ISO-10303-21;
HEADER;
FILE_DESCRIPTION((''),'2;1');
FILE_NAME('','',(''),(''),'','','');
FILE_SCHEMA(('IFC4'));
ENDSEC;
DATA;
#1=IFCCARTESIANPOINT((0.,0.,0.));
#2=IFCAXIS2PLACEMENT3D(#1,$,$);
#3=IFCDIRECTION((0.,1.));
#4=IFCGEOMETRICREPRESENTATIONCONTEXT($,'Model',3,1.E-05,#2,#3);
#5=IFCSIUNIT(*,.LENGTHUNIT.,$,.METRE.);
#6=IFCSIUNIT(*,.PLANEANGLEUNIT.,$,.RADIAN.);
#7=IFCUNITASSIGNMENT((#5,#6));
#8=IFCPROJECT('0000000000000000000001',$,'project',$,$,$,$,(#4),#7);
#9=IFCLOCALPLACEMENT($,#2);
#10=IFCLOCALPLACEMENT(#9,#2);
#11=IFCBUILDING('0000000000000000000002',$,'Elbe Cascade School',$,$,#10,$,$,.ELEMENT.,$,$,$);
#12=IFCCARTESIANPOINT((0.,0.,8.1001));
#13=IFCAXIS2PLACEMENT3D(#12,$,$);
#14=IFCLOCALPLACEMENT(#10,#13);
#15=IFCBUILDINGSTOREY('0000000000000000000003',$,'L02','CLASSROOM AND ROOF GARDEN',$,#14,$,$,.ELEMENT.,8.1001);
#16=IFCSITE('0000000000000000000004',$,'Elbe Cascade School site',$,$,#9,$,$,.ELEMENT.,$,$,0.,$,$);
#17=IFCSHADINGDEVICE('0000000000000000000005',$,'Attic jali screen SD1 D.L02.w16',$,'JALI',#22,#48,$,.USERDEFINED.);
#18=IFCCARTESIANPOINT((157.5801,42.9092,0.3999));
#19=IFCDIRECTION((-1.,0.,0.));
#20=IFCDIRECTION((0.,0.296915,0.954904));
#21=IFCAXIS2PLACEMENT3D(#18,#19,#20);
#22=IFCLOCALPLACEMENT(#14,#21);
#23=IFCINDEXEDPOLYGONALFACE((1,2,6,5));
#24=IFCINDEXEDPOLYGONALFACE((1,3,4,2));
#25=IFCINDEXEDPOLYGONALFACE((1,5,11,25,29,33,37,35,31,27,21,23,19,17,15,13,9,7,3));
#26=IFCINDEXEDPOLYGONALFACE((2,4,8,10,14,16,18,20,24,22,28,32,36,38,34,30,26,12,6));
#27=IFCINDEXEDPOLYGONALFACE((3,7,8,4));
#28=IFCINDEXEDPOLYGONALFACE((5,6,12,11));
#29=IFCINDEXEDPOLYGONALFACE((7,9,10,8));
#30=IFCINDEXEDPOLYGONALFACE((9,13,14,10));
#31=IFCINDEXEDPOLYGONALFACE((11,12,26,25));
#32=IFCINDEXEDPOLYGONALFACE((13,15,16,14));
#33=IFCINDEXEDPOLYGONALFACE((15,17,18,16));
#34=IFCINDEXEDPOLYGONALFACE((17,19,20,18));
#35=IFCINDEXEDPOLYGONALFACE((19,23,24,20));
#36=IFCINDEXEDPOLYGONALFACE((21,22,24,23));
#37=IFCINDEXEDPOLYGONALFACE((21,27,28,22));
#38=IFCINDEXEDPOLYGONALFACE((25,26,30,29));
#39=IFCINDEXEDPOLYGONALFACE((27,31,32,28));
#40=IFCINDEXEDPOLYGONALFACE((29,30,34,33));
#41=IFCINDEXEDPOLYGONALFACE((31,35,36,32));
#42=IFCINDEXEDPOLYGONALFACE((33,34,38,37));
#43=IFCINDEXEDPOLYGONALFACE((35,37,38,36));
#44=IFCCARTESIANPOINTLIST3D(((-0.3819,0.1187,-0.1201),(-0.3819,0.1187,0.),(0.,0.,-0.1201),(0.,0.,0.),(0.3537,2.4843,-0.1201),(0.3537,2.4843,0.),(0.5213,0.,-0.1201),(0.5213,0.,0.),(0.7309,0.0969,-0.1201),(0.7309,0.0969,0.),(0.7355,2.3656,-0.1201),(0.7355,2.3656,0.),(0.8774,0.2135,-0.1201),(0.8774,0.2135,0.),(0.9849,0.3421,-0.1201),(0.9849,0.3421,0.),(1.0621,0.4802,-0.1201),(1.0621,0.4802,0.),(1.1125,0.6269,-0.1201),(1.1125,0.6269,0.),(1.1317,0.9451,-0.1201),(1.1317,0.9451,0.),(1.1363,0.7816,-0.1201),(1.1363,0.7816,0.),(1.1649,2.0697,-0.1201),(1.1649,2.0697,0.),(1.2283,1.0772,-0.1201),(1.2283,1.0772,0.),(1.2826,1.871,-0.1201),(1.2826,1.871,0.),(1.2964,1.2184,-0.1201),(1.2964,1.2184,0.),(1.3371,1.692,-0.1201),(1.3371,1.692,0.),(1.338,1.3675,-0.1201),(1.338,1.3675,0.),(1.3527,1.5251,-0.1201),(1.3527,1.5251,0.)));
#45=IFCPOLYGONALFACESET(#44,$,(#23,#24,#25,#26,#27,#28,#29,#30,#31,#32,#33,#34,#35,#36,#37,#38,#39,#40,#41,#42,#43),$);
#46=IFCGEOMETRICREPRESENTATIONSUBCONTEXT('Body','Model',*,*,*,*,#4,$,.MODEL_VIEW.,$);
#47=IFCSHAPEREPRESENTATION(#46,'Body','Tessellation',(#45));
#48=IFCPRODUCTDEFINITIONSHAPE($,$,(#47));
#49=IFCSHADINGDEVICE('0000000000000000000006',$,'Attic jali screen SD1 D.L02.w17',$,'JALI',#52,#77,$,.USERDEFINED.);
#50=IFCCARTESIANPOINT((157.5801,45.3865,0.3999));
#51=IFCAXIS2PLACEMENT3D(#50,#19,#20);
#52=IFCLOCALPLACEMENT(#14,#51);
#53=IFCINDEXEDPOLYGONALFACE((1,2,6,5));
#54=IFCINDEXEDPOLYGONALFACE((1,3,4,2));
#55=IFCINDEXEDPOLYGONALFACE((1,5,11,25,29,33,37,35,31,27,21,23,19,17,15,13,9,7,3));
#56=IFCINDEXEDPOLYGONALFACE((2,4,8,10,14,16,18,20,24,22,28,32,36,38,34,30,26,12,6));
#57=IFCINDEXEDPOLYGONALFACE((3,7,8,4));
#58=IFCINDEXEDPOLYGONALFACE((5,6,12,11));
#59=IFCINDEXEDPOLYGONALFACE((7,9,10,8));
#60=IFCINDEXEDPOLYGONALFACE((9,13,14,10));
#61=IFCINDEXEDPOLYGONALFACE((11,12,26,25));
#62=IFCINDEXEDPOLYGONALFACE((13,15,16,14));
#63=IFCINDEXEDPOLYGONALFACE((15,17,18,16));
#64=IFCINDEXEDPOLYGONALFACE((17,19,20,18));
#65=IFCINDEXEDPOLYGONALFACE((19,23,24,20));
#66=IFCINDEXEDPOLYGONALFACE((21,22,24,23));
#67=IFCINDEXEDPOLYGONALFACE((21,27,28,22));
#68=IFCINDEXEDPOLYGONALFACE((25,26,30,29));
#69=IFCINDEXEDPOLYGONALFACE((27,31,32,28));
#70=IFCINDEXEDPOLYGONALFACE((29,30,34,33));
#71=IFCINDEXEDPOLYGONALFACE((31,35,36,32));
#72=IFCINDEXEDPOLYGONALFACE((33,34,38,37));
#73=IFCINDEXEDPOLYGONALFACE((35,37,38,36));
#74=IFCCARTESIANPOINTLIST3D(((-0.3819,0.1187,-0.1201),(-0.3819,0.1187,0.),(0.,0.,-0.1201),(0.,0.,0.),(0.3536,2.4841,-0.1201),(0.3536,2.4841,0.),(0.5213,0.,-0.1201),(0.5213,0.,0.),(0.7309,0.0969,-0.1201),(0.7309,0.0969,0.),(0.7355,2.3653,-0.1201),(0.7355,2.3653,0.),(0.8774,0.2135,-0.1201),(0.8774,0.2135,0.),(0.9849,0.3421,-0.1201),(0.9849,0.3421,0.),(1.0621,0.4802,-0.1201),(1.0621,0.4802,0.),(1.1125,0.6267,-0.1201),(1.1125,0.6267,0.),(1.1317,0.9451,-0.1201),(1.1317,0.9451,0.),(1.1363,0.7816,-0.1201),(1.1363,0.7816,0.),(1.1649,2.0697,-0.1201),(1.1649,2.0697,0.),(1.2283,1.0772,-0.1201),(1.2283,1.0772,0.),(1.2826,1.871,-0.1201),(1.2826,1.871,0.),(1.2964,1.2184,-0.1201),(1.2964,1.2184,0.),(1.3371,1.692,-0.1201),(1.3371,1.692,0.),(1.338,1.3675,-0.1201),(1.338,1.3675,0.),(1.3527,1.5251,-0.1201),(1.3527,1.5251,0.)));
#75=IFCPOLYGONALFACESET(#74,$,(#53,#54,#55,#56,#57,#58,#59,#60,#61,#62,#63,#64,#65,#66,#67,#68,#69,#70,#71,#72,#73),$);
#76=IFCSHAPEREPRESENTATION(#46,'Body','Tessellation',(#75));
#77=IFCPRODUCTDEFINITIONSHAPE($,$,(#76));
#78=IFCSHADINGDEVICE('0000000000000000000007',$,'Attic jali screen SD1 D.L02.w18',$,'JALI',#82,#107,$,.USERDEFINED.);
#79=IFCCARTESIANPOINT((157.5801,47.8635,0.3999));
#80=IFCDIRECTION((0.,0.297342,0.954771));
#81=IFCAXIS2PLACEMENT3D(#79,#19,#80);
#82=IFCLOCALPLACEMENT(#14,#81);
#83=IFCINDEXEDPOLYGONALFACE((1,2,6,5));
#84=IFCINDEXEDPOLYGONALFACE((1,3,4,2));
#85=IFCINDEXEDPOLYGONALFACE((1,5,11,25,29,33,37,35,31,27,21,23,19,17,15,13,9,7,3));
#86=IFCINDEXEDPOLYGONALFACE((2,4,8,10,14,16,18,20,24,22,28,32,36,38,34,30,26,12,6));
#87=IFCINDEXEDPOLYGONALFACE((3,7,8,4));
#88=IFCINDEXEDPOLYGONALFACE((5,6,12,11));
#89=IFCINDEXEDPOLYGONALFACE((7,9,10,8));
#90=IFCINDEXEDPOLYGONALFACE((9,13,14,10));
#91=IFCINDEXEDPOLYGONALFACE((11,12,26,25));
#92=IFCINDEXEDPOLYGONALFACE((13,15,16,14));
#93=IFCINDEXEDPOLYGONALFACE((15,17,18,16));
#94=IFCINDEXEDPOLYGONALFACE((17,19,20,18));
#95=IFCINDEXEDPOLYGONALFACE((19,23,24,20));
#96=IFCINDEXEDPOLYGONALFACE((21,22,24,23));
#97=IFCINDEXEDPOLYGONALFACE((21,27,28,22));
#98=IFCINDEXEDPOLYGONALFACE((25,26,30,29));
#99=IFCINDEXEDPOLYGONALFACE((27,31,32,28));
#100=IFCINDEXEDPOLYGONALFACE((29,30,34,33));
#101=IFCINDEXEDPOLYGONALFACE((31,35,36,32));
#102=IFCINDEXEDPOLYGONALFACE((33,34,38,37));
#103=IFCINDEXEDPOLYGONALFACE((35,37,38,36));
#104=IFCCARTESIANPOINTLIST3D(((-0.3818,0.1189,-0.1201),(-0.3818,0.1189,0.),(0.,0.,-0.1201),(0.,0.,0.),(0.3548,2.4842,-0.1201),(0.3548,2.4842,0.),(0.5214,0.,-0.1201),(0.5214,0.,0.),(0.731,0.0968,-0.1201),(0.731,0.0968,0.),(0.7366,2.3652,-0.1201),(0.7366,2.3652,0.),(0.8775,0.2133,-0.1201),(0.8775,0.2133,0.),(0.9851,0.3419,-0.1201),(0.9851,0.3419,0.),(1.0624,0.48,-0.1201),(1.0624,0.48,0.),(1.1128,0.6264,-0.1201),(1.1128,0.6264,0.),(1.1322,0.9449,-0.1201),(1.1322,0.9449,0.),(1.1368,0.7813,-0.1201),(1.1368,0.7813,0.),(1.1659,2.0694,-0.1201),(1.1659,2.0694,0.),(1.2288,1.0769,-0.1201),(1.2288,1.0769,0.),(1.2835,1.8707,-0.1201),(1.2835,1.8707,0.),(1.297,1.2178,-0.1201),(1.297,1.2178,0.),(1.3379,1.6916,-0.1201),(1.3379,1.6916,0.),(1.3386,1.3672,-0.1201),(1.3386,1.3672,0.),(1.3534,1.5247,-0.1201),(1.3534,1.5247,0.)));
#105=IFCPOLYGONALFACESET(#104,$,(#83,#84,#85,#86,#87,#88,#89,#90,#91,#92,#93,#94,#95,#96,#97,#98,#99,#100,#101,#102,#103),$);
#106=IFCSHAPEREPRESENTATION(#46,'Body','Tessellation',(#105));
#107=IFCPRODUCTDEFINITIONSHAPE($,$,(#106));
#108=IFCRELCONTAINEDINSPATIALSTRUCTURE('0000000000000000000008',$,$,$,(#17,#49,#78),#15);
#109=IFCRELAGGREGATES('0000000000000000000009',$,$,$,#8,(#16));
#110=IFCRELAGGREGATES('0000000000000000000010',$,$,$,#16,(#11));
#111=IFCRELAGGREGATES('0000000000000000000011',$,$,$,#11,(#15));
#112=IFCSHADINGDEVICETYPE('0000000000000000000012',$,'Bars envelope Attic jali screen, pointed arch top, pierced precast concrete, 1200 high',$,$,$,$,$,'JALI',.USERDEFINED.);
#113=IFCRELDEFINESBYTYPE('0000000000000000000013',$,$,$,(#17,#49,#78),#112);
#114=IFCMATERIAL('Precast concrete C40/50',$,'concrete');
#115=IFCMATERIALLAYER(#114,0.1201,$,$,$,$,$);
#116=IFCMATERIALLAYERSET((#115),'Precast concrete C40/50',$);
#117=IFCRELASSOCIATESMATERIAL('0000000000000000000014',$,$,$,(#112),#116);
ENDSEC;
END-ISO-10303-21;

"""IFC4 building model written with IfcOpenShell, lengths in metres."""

from ifc_helpers import new_model, si_unit, direction, frame, origin, place, context, subcontext, project, spatial, polyline, outline, extrude, material, layer, layer_set, type_object, element, save


model = new_model("IFC4")

# Units and contexts
model_context = context("Model", 3, precision=1e-05, world=origin(), true_north=direction((0.0, 1.0)))
body_context = subcontext(model_context, "Body", "Model", "MODEL_VIEW")
ifc_project = project(units=[si_unit("LENGTHUNIT", "METRE"), si_unit("PLANEANGLEUNIT", "RADIAN")], contexts=[model_context])

# Site, building, storey
site_placement = place(None, origin())
site = spatial("IfcSite", under=ifc_project, at=site_placement, Name="Elbe Cascade School site", CompositionType="ELEMENT", RefElevation=0.0)
building_placement = place(site_placement, origin())
building = spatial("IfcBuilding", under=site, at=building_placement, Name="Elbe Cascade School", CompositionType="ELEMENT")
storey_placement = place(building_placement, frame((0.0, 0.0, 8.1001)))
storey = spatial("IfcBuildingStorey", under=building, at=storey_placement, Name="L02", Description="CLASSROOM AND ROOF GARDEN", CompositionType="ELEMENT", Elevation=8.1001)

# Shading devices
ifc_material_1 = material(Name="Precast concrete C40/50", Category="concrete")
ifc_layer_1 = layer(ifc_material_1, 0.1201)
ifc_layer_set_1 = layer_set([ifc_layer_1], Name="Precast concrete C40/50")
shading_device_type = type_object("IfcShadingDeviceType", Name="Bars envelope Attic jali screen, pointed arch top, pierced precast concrete, 1200 high", ElementType="JALI", PredefinedType="USERDEFINED", material=ifc_layer_set_1)
shading_device_1_placement = place(storey_placement, frame((157.5801, 42.9092, 0.3999), z_axis=(-1.0, 0.0, 0.0), x_axis=(0.0, 0.296915, 0.954904)))
element("IfcShadingDevice", 1, at=shading_device_1_placement, inside=storey, type_object=shading_device_type, Name="Attic jali screen SD1 D.L02.w16", ObjectType="JALI", PredefinedType="USERDEFINED", context=body_context, shape_type="SweptSolid", body=[
    extrude(outline(polyline([(0.0, 0.0), (0.5213, 0.0), (0.7309, 0.0969), (0.8774, 0.2135), (0.9849, 0.3421), (1.0621, 0.4802), (1.1125, 0.6269), (1.1363, 0.7816), (1.1317, 0.9451), (1.2283, 1.0772), (1.2964, 1.2184), (1.338, 1.3675), (1.3527, 1.5251), (1.3371, 1.692), (1.2826, 1.871), (1.1649, 2.0697), (0.7355, 2.3656), (0.3537, 2.4843), (-0.3819, 0.1187), (0.0, 0.0)])), origin(), (0.0, 0.0, -1.0), 0.1201),
])
shading_device_2_placement = place(storey_placement, frame((157.5801, 45.3865, 0.3999), z_axis=(-1.0, 0.0, 0.0), x_axis=(0.0, 0.296915, 0.954904)))
element("IfcShadingDevice", 2, at=shading_device_2_placement, inside=storey, type_object=shading_device_type, Name="Attic jali screen SD1 D.L02.w17", ObjectType="JALI", PredefinedType="USERDEFINED", context=body_context, shape_type="SweptSolid", body=[
    extrude(outline(polyline([(0.0, 0.0), (0.5213, 0.0), (0.7309, 0.0969), (0.8774, 0.2135), (0.9849, 0.3421), (1.0621, 0.4802), (1.1125, 0.6267), (1.1363, 0.7816), (1.1317, 0.9451), (1.2283, 1.0772), (1.2964, 1.2184), (1.338, 1.3675), (1.3527, 1.5251), (1.3371, 1.692), (1.2826, 1.871), (1.1649, 2.0697), (0.7355, 2.3653), (0.3536, 2.4841), (-0.3819, 0.1187), (0.0, 0.0)])), origin(), (0.0, 0.0, -1.0), 0.1201),
])
shading_device_3_placement = place(storey_placement, frame((157.5801, 47.8635, 0.3999), z_axis=(-1.0, 0.0, 0.0), x_axis=(0.0, 0.297342, 0.954771)))
element("IfcShadingDevice", 3, at=shading_device_3_placement, inside=storey, type_object=shading_device_type, Name="Attic jali screen SD1 D.L02.w18", ObjectType="JALI", PredefinedType="USERDEFINED", context=body_context, shape_type="SweptSolid", body=[
    extrude(outline(polyline([(0.0, 0.0), (0.5214, 0.0), (0.731, 0.0968), (0.8775, 0.2133), (0.9851, 0.3419), (1.0624, 0.48), (1.1128, 0.6264), (1.1368, 0.7813), (1.1322, 0.9449), (1.2288, 1.0769), (1.297, 1.2178), (1.3386, 1.3672), (1.3534, 1.5247), (1.3379, 1.6916), (1.2835, 1.8707), (1.1659, 2.0694), (0.7366, 2.3652), (0.3548, 2.4842), (-0.3818, 0.1189), (0.0, 0.0)])), origin(), (0.0, 0.0, -1.0), 0.1201),
])

save(model, "model.ifc")
